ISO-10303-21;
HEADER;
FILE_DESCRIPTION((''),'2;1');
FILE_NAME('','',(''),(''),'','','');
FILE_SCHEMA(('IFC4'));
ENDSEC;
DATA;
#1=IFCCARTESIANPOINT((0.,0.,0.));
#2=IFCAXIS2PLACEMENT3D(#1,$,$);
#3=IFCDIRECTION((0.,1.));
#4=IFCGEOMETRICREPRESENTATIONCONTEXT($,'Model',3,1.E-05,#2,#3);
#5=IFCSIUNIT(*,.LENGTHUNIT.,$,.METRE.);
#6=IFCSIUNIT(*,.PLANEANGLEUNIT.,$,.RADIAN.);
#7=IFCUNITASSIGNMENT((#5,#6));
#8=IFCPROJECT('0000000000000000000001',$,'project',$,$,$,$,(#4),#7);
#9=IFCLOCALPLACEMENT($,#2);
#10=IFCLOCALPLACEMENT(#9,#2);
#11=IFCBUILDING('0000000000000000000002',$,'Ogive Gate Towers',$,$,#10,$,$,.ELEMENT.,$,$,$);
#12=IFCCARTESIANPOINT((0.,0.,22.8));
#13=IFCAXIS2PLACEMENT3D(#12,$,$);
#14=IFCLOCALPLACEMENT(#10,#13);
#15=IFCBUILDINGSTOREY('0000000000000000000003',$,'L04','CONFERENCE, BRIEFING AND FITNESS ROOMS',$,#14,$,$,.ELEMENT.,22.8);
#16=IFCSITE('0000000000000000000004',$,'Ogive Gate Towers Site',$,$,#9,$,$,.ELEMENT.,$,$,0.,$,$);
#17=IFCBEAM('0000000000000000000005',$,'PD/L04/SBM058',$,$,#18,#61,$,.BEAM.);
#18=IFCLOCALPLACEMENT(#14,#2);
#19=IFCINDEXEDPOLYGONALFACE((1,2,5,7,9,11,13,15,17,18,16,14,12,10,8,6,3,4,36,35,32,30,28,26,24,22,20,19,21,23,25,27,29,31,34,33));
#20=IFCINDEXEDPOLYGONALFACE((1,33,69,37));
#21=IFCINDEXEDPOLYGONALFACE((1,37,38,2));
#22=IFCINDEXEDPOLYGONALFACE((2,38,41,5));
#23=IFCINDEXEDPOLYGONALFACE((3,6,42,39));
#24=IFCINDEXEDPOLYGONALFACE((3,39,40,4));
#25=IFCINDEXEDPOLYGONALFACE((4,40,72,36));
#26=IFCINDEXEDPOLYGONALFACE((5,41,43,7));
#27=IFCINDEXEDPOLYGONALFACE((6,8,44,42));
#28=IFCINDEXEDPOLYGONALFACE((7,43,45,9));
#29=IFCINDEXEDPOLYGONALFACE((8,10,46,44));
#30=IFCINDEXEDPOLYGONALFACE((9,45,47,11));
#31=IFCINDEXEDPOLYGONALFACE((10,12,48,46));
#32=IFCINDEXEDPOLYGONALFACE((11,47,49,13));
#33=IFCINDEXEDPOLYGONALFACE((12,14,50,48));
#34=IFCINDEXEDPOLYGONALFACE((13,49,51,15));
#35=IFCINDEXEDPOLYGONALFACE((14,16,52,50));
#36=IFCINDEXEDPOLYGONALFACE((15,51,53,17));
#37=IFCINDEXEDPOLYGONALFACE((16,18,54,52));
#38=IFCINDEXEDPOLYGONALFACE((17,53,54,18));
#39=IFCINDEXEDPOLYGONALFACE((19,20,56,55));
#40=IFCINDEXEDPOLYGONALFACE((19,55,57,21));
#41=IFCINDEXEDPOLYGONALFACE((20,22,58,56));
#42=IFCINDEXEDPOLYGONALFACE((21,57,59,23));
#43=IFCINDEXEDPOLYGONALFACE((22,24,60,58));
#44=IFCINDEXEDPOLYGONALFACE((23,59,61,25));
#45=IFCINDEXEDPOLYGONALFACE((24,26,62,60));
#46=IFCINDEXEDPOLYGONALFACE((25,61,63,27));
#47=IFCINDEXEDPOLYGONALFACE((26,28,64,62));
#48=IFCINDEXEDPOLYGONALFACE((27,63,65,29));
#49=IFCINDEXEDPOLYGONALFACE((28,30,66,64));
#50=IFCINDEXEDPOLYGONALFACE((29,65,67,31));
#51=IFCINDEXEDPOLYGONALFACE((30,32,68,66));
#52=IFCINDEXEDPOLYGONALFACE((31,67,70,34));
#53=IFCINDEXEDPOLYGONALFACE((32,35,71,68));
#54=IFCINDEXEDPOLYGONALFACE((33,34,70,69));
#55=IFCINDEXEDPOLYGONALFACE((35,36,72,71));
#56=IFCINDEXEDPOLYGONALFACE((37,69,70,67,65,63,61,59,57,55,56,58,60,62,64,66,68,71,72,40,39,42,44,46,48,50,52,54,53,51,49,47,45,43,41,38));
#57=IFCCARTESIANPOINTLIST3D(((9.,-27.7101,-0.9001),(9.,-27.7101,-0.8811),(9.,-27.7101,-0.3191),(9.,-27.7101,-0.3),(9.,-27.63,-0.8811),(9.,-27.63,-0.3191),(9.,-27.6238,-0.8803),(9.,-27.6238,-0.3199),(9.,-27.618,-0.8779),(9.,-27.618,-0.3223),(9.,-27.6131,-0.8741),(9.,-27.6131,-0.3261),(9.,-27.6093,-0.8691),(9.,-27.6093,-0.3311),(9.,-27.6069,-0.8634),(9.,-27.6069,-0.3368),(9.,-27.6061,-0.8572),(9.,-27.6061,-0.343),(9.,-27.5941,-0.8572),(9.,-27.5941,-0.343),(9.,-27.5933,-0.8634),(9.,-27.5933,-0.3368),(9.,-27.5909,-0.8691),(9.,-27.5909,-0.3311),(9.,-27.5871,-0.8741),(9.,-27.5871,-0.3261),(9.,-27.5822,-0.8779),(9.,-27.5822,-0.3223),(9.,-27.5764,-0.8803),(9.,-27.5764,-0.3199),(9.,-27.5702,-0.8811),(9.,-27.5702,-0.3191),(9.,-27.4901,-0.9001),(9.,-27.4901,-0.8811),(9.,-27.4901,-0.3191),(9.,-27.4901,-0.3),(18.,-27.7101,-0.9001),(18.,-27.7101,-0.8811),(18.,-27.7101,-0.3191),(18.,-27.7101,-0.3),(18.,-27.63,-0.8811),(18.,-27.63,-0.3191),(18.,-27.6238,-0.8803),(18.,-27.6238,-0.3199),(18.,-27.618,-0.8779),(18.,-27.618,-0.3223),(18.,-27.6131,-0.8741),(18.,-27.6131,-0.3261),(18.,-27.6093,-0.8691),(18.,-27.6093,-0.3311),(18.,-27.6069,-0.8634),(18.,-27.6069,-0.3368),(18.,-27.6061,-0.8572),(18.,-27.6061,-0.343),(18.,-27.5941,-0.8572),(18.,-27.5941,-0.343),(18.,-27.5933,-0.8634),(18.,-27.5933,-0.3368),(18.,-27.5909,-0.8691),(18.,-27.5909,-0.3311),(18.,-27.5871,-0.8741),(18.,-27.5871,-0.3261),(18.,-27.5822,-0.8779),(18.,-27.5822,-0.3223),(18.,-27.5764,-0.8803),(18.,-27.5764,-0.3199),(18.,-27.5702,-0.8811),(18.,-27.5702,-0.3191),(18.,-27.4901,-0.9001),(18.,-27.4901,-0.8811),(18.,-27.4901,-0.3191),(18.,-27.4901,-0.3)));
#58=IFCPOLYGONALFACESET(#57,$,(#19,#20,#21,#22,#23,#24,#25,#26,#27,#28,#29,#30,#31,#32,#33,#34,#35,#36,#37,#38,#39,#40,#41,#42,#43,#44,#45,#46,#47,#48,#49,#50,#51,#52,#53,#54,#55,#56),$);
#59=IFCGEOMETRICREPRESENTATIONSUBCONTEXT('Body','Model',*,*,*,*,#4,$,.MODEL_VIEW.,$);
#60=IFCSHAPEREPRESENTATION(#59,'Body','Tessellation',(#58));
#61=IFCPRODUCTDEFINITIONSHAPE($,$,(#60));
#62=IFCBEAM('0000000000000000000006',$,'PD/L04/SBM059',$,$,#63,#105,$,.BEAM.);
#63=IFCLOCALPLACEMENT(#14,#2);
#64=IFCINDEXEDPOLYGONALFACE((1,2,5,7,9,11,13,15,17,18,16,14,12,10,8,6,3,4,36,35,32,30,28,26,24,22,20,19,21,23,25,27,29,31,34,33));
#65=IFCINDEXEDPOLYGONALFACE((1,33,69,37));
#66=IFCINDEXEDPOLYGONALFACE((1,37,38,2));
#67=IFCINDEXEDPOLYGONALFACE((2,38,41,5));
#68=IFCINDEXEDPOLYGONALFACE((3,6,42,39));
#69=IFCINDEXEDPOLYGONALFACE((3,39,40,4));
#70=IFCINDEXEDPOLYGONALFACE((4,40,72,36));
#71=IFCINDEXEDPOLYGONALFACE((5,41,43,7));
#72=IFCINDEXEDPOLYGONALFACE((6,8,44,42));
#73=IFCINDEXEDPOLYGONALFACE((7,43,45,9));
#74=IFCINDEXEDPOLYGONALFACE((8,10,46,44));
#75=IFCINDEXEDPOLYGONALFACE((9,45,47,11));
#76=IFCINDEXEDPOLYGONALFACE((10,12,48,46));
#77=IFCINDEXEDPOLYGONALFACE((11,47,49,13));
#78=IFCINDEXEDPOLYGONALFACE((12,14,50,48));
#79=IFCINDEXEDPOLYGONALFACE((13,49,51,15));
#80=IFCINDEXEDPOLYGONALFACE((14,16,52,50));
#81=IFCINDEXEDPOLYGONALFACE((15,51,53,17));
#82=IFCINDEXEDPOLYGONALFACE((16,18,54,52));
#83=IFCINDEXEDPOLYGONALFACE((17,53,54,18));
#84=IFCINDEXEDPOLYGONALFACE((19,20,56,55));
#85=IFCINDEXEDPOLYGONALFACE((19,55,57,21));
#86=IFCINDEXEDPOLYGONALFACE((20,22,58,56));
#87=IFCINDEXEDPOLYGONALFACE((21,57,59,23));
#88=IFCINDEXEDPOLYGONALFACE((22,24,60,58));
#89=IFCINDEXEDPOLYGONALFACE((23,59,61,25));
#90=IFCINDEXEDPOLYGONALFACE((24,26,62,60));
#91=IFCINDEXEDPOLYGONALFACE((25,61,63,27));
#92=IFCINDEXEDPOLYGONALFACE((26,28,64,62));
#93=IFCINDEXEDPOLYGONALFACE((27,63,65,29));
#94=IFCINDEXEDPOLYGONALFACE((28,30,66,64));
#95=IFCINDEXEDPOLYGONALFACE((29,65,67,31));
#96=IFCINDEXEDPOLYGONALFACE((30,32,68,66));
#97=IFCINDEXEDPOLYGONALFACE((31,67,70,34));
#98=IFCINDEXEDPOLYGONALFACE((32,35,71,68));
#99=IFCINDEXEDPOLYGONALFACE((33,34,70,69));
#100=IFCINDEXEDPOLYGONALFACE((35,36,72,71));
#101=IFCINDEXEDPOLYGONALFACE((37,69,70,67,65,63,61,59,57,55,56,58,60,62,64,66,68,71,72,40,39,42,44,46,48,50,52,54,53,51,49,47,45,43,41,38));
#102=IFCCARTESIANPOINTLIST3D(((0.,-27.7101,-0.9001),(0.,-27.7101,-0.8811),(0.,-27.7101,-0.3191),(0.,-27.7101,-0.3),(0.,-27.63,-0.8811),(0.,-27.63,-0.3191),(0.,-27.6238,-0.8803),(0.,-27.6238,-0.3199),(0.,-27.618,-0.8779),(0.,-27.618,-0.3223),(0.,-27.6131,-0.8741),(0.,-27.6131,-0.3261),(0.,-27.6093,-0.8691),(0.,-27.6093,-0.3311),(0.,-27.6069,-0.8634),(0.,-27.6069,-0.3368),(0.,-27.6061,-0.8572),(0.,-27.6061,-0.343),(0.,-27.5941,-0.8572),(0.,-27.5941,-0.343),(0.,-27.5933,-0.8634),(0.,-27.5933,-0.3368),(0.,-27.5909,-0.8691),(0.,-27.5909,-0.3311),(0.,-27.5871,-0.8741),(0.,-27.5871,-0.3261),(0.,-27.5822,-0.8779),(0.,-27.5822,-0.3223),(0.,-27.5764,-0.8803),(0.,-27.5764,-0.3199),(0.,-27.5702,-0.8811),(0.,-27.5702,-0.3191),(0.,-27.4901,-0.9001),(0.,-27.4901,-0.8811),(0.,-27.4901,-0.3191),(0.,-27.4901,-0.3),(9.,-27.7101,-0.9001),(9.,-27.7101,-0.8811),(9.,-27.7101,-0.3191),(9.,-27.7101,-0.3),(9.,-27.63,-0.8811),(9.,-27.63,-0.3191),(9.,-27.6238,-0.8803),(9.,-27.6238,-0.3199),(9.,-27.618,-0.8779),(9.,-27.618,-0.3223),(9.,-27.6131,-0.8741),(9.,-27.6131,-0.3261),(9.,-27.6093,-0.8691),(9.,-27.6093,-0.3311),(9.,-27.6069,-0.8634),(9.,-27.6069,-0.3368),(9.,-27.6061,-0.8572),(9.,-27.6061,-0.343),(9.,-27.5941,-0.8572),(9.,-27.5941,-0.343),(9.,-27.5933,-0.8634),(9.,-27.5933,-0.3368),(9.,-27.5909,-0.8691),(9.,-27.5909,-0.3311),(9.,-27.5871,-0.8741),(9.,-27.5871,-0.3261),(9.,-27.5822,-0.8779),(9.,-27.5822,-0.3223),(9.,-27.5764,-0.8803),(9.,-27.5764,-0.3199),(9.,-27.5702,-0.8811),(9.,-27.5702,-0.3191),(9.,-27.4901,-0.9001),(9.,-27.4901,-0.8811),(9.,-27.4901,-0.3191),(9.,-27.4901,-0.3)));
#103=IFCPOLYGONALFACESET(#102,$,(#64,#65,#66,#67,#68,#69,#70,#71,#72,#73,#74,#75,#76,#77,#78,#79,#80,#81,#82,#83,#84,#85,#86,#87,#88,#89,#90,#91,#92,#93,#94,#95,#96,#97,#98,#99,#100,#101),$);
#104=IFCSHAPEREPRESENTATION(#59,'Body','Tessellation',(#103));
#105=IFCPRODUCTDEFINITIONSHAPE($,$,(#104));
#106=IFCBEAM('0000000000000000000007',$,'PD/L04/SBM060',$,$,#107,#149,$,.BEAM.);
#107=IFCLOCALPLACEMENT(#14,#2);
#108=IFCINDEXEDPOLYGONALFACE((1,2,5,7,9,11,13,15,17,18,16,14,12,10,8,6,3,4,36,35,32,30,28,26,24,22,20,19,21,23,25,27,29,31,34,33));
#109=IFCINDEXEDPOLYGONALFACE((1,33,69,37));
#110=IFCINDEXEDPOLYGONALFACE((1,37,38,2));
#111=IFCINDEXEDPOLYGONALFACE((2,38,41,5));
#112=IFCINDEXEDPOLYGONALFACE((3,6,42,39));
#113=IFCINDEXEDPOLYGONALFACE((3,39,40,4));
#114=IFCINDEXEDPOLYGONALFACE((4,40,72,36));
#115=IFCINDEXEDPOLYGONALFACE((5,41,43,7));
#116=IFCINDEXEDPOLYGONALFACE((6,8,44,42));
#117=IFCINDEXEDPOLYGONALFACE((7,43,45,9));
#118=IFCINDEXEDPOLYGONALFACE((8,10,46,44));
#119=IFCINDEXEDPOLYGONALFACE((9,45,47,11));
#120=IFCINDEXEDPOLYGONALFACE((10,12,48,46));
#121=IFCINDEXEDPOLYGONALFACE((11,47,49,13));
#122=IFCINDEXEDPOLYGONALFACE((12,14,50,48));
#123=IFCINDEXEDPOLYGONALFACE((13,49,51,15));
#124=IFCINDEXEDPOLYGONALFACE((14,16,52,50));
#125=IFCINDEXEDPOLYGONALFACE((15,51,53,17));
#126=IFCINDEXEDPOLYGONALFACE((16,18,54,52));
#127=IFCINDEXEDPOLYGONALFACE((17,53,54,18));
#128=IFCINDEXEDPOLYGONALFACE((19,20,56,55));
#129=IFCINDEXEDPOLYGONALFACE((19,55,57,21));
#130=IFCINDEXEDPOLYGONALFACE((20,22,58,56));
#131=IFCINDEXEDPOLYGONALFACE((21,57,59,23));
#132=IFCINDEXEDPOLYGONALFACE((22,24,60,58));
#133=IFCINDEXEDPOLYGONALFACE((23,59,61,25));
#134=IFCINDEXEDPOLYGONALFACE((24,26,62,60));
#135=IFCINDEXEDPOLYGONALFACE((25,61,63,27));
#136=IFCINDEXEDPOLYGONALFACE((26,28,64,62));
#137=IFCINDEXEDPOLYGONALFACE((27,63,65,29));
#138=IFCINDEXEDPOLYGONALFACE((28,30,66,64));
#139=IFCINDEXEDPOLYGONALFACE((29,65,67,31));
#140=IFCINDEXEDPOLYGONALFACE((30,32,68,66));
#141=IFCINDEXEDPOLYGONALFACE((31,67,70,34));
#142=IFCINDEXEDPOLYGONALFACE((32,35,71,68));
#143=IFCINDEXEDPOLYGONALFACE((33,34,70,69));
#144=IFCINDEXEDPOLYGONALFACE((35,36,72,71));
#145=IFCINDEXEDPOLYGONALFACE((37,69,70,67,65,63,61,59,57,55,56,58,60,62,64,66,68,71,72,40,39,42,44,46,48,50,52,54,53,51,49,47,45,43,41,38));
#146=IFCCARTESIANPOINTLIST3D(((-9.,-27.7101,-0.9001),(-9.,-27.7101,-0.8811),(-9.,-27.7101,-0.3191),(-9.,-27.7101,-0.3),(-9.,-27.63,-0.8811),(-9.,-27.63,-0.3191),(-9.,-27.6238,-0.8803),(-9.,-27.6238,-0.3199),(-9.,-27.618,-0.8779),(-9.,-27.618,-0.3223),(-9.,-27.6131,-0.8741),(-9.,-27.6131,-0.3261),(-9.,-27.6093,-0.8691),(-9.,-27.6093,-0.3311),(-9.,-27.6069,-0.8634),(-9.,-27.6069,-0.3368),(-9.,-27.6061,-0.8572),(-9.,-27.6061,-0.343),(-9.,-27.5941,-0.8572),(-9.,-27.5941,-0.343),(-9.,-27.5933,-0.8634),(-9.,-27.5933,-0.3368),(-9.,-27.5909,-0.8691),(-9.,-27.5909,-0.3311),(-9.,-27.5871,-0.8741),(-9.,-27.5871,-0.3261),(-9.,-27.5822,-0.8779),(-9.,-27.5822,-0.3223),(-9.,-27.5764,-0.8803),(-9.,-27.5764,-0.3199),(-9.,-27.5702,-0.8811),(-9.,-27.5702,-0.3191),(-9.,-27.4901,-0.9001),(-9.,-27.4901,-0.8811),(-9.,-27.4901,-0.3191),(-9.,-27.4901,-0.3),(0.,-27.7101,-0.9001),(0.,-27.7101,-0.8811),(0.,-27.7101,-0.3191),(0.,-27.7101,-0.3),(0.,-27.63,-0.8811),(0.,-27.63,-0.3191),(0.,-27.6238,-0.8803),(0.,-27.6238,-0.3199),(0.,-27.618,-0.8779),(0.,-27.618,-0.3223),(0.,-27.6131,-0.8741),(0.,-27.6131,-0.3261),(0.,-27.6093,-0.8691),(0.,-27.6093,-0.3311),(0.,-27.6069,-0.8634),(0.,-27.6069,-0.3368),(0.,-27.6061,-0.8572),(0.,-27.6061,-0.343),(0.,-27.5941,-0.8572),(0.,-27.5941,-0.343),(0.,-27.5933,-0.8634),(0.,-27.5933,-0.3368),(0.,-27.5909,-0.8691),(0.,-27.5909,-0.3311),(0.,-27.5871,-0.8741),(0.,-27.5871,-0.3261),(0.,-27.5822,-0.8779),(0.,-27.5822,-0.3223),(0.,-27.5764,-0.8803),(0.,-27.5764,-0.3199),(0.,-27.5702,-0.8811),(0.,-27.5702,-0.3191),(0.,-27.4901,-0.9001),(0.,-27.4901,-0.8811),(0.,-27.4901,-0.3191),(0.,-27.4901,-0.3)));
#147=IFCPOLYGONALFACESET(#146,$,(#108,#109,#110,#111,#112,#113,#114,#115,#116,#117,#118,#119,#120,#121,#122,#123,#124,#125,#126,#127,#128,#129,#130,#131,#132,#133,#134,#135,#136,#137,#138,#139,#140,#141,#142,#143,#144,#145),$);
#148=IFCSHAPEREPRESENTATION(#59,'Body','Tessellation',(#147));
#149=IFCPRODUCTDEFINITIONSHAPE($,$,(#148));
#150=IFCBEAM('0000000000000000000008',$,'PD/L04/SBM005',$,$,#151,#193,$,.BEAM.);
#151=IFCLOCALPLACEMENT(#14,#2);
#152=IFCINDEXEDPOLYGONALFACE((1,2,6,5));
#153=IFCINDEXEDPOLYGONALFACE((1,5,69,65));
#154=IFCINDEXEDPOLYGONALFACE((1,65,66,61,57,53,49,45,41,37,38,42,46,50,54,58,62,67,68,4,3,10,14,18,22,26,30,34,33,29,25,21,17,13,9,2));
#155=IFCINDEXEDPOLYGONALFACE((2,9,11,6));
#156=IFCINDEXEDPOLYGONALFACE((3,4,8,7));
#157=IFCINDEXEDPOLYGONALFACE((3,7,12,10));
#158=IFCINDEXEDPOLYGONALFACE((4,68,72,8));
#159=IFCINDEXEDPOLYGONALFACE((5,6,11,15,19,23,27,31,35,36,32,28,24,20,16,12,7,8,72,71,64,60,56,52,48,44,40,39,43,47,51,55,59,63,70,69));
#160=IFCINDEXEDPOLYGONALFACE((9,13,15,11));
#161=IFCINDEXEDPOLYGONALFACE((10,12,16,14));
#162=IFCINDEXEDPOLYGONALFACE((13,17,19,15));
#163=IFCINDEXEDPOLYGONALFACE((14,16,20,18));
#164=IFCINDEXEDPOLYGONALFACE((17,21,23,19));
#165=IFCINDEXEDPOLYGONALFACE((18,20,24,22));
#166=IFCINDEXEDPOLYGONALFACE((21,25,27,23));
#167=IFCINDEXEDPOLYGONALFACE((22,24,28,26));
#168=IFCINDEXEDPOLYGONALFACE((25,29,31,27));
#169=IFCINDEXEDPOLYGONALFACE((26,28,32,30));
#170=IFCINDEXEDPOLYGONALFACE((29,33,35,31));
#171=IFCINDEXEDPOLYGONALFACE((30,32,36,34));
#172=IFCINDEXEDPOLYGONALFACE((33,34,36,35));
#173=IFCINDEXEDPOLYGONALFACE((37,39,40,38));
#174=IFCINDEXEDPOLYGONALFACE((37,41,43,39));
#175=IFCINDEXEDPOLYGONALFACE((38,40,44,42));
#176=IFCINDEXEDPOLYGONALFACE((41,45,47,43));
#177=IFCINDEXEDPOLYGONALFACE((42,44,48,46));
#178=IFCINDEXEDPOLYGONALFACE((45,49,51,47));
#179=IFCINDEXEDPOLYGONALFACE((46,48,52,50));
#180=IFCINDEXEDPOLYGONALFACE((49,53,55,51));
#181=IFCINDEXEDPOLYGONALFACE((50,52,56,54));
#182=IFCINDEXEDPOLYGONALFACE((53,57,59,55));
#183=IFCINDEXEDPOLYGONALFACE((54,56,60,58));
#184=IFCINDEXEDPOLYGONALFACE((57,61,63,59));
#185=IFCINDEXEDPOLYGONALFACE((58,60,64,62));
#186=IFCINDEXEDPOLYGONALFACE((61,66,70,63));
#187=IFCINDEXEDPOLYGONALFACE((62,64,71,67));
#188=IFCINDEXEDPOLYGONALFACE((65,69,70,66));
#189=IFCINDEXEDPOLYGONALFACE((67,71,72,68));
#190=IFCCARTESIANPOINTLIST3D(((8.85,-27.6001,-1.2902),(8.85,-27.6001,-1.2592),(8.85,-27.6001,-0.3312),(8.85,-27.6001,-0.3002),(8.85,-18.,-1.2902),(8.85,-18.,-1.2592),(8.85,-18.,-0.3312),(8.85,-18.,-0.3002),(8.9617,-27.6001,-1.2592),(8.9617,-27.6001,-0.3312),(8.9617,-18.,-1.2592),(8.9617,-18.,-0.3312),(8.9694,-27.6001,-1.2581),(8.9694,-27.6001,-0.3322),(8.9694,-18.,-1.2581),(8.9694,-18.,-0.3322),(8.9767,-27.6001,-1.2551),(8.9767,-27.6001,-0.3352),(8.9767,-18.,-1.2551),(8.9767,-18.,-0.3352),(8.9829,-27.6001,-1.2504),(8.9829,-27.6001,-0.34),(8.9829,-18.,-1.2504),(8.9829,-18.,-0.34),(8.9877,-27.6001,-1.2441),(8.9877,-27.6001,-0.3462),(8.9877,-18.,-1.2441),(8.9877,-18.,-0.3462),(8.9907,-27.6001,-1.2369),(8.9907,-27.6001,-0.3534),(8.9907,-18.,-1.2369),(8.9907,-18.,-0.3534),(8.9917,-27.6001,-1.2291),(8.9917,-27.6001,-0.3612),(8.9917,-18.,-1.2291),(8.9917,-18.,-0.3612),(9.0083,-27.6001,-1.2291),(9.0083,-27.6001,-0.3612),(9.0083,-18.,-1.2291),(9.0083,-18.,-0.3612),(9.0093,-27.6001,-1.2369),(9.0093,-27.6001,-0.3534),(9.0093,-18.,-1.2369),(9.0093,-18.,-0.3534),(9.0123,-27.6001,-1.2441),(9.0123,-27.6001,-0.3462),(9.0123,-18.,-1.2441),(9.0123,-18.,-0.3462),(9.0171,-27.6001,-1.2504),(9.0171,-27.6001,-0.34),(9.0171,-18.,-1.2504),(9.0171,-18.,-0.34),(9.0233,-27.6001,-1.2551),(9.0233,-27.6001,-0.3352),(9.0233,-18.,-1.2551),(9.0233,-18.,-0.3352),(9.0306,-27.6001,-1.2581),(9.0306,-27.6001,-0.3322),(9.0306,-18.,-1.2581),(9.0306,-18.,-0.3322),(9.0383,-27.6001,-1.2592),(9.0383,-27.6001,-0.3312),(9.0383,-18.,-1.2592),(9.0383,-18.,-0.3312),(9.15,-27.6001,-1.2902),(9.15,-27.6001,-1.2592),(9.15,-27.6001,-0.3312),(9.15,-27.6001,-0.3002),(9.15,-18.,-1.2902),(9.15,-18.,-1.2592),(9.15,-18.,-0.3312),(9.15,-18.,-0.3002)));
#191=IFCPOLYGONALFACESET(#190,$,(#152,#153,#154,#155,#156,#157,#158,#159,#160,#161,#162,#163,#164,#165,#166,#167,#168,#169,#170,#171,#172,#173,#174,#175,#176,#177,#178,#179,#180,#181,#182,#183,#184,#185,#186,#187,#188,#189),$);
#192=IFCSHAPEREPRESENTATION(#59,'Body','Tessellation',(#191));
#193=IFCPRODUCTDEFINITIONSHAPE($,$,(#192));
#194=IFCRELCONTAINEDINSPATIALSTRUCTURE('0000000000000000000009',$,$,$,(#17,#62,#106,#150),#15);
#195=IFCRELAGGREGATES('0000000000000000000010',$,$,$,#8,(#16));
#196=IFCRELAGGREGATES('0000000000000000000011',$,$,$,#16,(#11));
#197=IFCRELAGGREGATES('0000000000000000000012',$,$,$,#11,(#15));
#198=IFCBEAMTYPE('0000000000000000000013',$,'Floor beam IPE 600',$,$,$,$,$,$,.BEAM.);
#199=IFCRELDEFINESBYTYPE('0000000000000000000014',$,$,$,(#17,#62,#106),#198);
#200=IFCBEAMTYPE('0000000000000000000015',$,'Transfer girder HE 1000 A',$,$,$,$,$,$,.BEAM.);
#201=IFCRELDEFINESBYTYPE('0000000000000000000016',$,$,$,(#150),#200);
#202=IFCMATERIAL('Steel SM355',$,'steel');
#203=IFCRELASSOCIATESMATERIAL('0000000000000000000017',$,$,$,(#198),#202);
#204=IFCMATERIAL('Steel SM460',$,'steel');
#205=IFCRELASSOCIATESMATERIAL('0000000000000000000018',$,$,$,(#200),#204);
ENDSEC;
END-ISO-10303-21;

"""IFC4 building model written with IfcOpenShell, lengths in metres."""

from ifc_helpers import new_model, si_unit, direction, frame, origin, origin_2d, place, context, subcontext, project, spatial, i_section, extrude, material, material_profile, profile_set, type_object, element, save


model = new_model("IFC4")

# Units and contexts
model_context = context("Model", 3, precision=1e-05, world=origin(), true_north=direction((0.0, 1.0)))
body_context = subcontext(model_context, "Body", "Model", "MODEL_VIEW")
ifc_project = project(units=[si_unit("LENGTHUNIT", "METRE"), si_unit("PLANEANGLEUNIT", "RADIAN")], contexts=[model_context])

# Site, building, storey
site_placement = place(None, origin())
site = spatial("IfcSite", under=ifc_project, at=site_placement, Name="Ogive Gate Towers Site", CompositionType="ELEMENT", RefElevation=0.0)
building_placement = place(site_placement, origin())
building = spatial("IfcBuilding", under=site, at=building_placement, Name="Ogive Gate Towers", CompositionType="ELEMENT")
storey_placement = place(building_placement, frame((0.0, 0.0, 22.8)))
storey = spatial("IfcBuildingStorey", under=building, at=storey_placement, Name="L04", Description="CONFERENCE, BRIEFING AND FITNESS ROOMS", CompositionType="ELEMENT", Elevation=22.8)

# Beams
ifc_material_1 = material(Name="Steel SM460", Category="steel")
ifc_material_2 = material(Name="Steel SM355", Category="steel")
ifc_material_profile_1 = material_profile(ifc_material_2, i_section(OverallWidth=0.22, OverallDepth=0.6001, WebThickness=0.012, FlangeThickness=0.019, FilletRadius=0.0239, at=origin_2d()), Name="IPE 600")
ifc_profile_set_1 = profile_set([ifc_material_profile_1], Name="Steel SM355")
beam_type_1 = type_object("IfcBeamType", Name="Floor beam IPE 600", PredefinedType="BEAM", material=ifc_profile_set_1)
for number, where, z_axis, x_axis, name in (
    (1, (18.0, -27.6001, -0.6001), (-1.0, 0.0, 0.0), (0.0, -1.0, 0.0), "PD/L04/SBM058"),
    (2, (9.0, -27.6001, -0.6001), (-1.0, 0.0, 0.0), (0.0, -1.0, 0.0), "PD/L04/SBM059"),
    (3, (0.0, -27.6001, -0.6001), (-1.0, 0.0, 0.0), (0.0, -1.0, 0.0), "PD/L04/SBM060"),
):
    element("IfcBeam", number, at=place(storey_placement, frame(where, z_axis=z_axis, x_axis=x_axis)), inside=storey, type_object=beam_type_1, Name=name, PredefinedType="BEAM", context=body_context, shape_type="SweptSolid", body=[
        extrude(i_section(OverallWidth=0.22, OverallDepth=0.6001, WebThickness=0.012, FlangeThickness=0.019, FilletRadius=0.0239, at=origin_2d()), origin(), (0.0, 0.0, 1.0), 9.0),
    ])
ifc_material_profile_2 = material_profile(ifc_material_1, i_section(OverallWidth=0.3, OverallDepth=0.99, WebThickness=0.0166, FlangeThickness=0.031, FilletRadius=0.03, at=origin_2d()), Name="HE 1000 A")
ifc_profile_set_2 = profile_set([ifc_material_profile_2], Name="Steel SM460")
beam_type_2 = type_object("IfcBeamType", Name="Transfer girder HE 1000 A", PredefinedType="BEAM", material=ifc_profile_set_2)
beam_1_placement = place(storey_placement, frame((9.0, -27.6001, -0.7952), z_axis=(0.0, 1.0, 0.0), x_axis=(-1.0, 0.0, 0.0)))
element("IfcBeam", 4, at=beam_1_placement, inside=storey, type_object=beam_type_2, Name="PD/L04/SBM005", PredefinedType="BEAM", context=body_context, shape_type="SweptSolid", body=[
    extrude(i_section(OverallWidth=0.3, OverallDepth=0.99, WebThickness=0.0166, FlangeThickness=0.031, FilletRadius=0.03, at=origin_2d()), origin(), (0.0, 0.0, 1.0), 9.6001),
])

save(model, "model.ifc")
